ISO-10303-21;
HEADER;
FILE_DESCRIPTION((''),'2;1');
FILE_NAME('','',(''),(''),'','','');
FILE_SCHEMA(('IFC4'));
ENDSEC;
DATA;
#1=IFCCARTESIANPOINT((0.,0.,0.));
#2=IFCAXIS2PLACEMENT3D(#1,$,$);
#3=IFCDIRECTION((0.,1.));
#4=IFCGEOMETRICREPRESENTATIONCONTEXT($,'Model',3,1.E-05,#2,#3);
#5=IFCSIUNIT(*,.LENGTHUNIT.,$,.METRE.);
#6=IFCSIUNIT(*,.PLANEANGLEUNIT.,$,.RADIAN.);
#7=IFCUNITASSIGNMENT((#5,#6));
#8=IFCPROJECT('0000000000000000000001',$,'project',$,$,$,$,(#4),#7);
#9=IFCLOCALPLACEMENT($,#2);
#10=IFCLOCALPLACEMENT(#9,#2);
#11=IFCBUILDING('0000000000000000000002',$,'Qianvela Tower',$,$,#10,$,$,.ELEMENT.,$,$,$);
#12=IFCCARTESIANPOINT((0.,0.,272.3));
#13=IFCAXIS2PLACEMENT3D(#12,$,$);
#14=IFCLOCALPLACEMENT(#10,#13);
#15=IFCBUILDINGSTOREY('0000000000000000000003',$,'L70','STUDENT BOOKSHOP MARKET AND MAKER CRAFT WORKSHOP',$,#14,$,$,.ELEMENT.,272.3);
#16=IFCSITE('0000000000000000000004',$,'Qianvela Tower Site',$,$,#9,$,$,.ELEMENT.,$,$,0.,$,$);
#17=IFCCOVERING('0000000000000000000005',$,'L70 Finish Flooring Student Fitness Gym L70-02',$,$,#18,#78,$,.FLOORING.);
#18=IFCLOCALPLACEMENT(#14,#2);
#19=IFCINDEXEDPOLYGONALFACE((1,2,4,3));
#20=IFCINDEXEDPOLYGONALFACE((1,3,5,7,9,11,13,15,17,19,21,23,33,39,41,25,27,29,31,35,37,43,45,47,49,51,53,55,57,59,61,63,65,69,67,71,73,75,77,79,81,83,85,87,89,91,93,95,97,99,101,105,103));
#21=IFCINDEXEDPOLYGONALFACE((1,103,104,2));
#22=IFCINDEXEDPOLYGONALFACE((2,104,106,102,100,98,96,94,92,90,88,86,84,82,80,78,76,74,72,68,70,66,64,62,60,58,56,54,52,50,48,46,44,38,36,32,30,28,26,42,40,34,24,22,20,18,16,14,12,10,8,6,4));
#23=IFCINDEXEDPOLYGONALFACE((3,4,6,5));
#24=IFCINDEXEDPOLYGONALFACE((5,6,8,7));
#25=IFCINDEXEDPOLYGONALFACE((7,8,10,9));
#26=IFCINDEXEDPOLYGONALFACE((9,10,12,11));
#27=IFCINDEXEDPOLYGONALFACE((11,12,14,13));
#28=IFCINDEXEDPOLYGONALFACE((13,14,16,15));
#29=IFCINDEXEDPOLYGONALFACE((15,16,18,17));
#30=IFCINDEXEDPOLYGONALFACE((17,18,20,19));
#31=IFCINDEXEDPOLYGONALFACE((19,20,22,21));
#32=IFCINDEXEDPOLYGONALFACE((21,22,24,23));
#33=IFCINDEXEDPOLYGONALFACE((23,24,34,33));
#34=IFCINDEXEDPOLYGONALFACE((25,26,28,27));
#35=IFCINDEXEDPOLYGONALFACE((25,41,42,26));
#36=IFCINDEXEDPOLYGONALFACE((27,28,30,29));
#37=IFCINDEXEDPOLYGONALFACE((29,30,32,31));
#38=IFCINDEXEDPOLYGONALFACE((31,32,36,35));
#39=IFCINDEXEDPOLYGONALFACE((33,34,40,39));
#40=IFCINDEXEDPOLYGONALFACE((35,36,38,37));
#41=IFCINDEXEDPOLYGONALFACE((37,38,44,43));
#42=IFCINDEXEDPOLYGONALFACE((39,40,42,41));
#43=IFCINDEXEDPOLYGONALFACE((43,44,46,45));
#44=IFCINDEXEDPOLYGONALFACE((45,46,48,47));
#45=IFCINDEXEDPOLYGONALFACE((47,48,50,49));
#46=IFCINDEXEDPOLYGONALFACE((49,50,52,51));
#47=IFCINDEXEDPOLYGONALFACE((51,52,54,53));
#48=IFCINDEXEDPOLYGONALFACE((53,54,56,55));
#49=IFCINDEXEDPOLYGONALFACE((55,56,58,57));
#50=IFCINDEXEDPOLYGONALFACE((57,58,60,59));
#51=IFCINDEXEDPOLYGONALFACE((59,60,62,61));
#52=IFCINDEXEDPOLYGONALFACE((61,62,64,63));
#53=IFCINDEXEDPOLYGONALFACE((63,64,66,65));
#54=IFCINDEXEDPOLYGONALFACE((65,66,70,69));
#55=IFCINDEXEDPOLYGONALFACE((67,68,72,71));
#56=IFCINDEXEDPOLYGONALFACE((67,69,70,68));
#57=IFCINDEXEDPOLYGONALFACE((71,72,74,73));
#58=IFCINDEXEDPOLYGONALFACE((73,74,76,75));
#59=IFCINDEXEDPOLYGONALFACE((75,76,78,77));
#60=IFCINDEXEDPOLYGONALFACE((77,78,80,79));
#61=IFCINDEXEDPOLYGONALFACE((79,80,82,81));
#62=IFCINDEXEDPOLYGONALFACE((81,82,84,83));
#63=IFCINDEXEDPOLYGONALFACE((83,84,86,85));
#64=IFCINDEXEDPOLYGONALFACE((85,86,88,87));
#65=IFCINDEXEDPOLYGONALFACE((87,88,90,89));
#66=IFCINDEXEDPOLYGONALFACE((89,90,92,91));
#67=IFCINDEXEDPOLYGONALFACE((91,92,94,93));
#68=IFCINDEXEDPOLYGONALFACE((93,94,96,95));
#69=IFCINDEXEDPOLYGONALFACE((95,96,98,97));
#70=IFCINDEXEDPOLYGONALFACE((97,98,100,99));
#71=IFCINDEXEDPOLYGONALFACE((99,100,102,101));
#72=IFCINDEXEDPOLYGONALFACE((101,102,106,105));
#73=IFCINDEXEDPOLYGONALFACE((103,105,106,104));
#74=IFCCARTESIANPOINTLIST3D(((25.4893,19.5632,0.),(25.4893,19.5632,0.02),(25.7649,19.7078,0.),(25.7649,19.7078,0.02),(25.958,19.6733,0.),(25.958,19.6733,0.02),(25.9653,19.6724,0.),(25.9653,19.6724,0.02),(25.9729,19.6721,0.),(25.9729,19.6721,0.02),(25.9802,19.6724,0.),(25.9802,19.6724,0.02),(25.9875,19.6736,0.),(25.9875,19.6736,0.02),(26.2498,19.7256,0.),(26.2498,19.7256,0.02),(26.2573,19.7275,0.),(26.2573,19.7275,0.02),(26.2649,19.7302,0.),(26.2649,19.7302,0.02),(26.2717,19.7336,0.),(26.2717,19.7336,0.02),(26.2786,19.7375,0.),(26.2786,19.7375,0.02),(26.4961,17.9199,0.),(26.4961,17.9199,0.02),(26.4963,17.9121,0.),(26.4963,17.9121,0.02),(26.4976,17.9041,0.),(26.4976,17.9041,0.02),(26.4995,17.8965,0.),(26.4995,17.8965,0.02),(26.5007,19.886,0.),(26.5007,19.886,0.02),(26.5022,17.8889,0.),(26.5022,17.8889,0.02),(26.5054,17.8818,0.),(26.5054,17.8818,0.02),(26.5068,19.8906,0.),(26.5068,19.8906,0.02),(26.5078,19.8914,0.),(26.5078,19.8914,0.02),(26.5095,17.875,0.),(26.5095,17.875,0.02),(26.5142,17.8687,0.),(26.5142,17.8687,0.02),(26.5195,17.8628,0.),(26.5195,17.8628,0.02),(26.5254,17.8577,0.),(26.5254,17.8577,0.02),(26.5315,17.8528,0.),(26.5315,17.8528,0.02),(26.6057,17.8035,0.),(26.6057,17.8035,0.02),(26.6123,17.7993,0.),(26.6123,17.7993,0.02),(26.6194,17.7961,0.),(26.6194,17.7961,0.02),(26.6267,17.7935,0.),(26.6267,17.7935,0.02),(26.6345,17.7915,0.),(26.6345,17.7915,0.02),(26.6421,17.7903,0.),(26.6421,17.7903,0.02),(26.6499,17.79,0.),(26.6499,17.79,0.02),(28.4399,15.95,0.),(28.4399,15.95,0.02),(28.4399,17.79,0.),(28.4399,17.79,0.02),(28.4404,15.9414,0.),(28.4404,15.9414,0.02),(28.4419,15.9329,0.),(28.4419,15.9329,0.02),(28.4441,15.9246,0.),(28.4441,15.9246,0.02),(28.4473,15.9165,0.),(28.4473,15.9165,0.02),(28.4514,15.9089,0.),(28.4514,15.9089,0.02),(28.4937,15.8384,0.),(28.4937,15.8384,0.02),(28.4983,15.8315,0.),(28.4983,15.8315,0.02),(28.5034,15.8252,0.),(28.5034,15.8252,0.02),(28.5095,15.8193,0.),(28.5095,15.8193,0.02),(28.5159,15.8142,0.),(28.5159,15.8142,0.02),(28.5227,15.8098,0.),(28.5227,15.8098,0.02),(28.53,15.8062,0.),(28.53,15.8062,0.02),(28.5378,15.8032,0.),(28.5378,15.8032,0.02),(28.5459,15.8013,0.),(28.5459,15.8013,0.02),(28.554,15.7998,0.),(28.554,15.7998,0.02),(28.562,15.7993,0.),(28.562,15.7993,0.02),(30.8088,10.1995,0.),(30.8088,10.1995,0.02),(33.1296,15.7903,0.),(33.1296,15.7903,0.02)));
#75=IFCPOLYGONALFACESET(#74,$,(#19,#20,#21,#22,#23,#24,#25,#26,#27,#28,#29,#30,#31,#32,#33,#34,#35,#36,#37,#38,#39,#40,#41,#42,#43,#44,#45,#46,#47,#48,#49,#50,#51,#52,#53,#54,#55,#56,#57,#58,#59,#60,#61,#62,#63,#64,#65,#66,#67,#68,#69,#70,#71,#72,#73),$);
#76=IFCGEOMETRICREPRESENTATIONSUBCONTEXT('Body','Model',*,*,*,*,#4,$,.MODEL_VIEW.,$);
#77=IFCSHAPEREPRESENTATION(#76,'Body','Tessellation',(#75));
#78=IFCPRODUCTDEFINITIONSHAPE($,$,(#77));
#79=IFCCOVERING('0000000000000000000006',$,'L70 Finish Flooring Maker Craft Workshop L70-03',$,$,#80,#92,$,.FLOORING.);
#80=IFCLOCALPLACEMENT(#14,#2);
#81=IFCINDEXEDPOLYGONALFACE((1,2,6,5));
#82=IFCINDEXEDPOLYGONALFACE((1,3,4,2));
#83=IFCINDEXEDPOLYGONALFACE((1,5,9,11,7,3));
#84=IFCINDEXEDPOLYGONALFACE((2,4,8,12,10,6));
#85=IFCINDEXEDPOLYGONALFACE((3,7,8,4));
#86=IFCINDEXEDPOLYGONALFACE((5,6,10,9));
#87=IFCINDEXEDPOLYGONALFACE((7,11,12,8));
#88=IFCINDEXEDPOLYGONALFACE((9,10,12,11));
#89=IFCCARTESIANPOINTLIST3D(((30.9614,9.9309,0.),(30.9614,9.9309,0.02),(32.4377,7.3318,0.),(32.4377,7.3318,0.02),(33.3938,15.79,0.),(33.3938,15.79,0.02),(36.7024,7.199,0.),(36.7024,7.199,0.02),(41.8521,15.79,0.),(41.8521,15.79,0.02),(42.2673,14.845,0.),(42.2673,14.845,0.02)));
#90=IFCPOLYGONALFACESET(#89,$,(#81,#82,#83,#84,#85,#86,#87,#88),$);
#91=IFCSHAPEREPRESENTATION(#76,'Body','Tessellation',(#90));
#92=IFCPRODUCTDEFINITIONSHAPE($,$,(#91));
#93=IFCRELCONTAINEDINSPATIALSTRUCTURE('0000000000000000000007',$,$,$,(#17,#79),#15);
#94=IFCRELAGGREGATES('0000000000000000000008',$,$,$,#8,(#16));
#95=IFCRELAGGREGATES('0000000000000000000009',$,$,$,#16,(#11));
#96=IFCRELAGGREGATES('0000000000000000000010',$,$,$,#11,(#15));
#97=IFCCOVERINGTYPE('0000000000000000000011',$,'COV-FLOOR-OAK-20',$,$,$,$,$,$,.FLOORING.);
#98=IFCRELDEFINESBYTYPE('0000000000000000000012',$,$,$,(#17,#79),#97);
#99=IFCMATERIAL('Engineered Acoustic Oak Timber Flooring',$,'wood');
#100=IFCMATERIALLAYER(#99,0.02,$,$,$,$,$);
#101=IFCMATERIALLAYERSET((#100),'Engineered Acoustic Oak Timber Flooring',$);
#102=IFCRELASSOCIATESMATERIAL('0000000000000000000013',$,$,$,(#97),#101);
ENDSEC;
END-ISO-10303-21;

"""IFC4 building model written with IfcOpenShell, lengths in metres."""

from ifc_helpers import new_model, si_unit, direction, frame, origin, place, context, subcontext, project, spatial, polyline, outline, extrude, material, layer, layer_set, type_object, element, save


model = new_model("IFC4")

# Units and contexts
model_context = context("Model", 3, precision=1e-05, world=origin(), true_north=direction((0.0, 1.0)))
body_context = subcontext(model_context, "Body", "Model", "MODEL_VIEW")
ifc_project = project(units=[si_unit("LENGTHUNIT", "METRE"), si_unit("PLANEANGLEUNIT", "RADIAN")], contexts=[model_context])

# Site, building, storey
site_placement = place(None, origin())
site = spatial("IfcSite", under=ifc_project, at=site_placement, Name="Qianvela Tower Site", CompositionType="ELEMENT", RefElevation=0.0)
building_placement = place(site_placement, origin())
building = spatial("IfcBuilding", under=site, at=building_placement, Name="Qianvela Tower", CompositionType="ELEMENT")
storey_placement = place(building_placement, frame((0.0, 0.0, 272.3)))
storey = spatial("IfcBuildingStorey", under=building, at=storey_placement, Name="L70", Description="STUDENT BOOKSHOP MARKET AND MAKER CRAFT WORKSHOP", CompositionType="ELEMENT", Elevation=272.3)

# Coverings
ifc_material_1 = material(Name="Engineered Acoustic Oak Timber Flooring", Category="wood")
ifc_layer_1 = layer(ifc_material_1, 0.02)
ifc_layer_set_1 = layer_set([ifc_layer_1], Name="Engineered Acoustic Oak Timber Flooring")
covering_type_1 = type_object("IfcCoveringType", Name="COV-FLOOR-OAK-20", PredefinedType="FLOORING", material=ifc_layer_set_1)
covering_1_placement = place(storey_placement, origin())
element("IfcCovering", 1, at=covering_1_placement, inside=storey, type_object=covering_type_1, Name="L70 Finish Flooring Student Fitness Gym L70-02", PredefinedType="FLOORING", context=body_context, shape_type="SweptSolid", body=[
    extrude(outline(polyline([(26.4961, 17.9199), (26.4963, 17.9121), (26.4976, 17.9041), (26.4995, 17.8965), (26.5022, 17.8889), (26.5054, 17.8818), (26.5095, 17.875), (26.5142, 17.8687), (26.5195, 17.8628), (26.5254, 17.8577), (26.5315, 17.8528), (26.6057, 17.8035), (26.6123, 17.7993), (26.6194, 17.7961), (26.6267, 17.7935), (26.6345, 17.7915), (26.6421, 17.7903), (26.6499, 17.79), (28.4399, 17.79), (28.4399, 15.95), (28.4404, 15.9414), (28.4419, 15.9329), (28.4441, 15.9246), (28.4473, 15.9165), (28.4514, 15.9089), (28.4937, 15.8384), (28.4983, 15.8315), (28.5034, 15.8252), (28.5095, 15.8193), (28.5159, 15.8142), (28.5227, 15.8098), (28.53, 15.8062), (28.5378, 15.8032), (28.5459, 15.8013), (28.554, 15.7998), (28.562, 15.7993), (33.1296, 15.7903), (30.8088, 10.1995), (25.4893, 19.5632), (25.7649, 19.7078), (25.958, 19.6733), (25.9653, 19.6724), (25.9729, 19.6721), (25.9802, 19.6724), (25.9875, 19.6736), (26.2498, 19.7256), (26.2573, 19.7275), (26.2649, 19.7302), (26.2717, 19.7336), (26.2786, 19.7375), (26.5007, 19.886), (26.5068, 19.8906), (26.5078, 19.8914), (26.4961, 17.9199)])), origin(), (0.0, 0.0, 1.0), 0.02),
])
covering_2_placement = place(storey_placement, origin())
element("IfcCovering", 2, at=covering_2_placement, inside=storey, type_object=covering_type_1, Name="L70 Finish Flooring Maker Craft Workshop L70-03", PredefinedType="FLOORING", context=body_context, shape_type="SweptSolid", body=[
    extrude(outline(polyline([(30.9614, 9.9309), (33.3938, 15.79), (41.8521, 15.79), (42.2673, 14.845), (36.7024, 7.199), (32.4377, 7.3318), (30.9614, 9.9309)])), origin(), (0.0, 0.0, 1.0), 0.02),
])

save(model, "model.ifc")
